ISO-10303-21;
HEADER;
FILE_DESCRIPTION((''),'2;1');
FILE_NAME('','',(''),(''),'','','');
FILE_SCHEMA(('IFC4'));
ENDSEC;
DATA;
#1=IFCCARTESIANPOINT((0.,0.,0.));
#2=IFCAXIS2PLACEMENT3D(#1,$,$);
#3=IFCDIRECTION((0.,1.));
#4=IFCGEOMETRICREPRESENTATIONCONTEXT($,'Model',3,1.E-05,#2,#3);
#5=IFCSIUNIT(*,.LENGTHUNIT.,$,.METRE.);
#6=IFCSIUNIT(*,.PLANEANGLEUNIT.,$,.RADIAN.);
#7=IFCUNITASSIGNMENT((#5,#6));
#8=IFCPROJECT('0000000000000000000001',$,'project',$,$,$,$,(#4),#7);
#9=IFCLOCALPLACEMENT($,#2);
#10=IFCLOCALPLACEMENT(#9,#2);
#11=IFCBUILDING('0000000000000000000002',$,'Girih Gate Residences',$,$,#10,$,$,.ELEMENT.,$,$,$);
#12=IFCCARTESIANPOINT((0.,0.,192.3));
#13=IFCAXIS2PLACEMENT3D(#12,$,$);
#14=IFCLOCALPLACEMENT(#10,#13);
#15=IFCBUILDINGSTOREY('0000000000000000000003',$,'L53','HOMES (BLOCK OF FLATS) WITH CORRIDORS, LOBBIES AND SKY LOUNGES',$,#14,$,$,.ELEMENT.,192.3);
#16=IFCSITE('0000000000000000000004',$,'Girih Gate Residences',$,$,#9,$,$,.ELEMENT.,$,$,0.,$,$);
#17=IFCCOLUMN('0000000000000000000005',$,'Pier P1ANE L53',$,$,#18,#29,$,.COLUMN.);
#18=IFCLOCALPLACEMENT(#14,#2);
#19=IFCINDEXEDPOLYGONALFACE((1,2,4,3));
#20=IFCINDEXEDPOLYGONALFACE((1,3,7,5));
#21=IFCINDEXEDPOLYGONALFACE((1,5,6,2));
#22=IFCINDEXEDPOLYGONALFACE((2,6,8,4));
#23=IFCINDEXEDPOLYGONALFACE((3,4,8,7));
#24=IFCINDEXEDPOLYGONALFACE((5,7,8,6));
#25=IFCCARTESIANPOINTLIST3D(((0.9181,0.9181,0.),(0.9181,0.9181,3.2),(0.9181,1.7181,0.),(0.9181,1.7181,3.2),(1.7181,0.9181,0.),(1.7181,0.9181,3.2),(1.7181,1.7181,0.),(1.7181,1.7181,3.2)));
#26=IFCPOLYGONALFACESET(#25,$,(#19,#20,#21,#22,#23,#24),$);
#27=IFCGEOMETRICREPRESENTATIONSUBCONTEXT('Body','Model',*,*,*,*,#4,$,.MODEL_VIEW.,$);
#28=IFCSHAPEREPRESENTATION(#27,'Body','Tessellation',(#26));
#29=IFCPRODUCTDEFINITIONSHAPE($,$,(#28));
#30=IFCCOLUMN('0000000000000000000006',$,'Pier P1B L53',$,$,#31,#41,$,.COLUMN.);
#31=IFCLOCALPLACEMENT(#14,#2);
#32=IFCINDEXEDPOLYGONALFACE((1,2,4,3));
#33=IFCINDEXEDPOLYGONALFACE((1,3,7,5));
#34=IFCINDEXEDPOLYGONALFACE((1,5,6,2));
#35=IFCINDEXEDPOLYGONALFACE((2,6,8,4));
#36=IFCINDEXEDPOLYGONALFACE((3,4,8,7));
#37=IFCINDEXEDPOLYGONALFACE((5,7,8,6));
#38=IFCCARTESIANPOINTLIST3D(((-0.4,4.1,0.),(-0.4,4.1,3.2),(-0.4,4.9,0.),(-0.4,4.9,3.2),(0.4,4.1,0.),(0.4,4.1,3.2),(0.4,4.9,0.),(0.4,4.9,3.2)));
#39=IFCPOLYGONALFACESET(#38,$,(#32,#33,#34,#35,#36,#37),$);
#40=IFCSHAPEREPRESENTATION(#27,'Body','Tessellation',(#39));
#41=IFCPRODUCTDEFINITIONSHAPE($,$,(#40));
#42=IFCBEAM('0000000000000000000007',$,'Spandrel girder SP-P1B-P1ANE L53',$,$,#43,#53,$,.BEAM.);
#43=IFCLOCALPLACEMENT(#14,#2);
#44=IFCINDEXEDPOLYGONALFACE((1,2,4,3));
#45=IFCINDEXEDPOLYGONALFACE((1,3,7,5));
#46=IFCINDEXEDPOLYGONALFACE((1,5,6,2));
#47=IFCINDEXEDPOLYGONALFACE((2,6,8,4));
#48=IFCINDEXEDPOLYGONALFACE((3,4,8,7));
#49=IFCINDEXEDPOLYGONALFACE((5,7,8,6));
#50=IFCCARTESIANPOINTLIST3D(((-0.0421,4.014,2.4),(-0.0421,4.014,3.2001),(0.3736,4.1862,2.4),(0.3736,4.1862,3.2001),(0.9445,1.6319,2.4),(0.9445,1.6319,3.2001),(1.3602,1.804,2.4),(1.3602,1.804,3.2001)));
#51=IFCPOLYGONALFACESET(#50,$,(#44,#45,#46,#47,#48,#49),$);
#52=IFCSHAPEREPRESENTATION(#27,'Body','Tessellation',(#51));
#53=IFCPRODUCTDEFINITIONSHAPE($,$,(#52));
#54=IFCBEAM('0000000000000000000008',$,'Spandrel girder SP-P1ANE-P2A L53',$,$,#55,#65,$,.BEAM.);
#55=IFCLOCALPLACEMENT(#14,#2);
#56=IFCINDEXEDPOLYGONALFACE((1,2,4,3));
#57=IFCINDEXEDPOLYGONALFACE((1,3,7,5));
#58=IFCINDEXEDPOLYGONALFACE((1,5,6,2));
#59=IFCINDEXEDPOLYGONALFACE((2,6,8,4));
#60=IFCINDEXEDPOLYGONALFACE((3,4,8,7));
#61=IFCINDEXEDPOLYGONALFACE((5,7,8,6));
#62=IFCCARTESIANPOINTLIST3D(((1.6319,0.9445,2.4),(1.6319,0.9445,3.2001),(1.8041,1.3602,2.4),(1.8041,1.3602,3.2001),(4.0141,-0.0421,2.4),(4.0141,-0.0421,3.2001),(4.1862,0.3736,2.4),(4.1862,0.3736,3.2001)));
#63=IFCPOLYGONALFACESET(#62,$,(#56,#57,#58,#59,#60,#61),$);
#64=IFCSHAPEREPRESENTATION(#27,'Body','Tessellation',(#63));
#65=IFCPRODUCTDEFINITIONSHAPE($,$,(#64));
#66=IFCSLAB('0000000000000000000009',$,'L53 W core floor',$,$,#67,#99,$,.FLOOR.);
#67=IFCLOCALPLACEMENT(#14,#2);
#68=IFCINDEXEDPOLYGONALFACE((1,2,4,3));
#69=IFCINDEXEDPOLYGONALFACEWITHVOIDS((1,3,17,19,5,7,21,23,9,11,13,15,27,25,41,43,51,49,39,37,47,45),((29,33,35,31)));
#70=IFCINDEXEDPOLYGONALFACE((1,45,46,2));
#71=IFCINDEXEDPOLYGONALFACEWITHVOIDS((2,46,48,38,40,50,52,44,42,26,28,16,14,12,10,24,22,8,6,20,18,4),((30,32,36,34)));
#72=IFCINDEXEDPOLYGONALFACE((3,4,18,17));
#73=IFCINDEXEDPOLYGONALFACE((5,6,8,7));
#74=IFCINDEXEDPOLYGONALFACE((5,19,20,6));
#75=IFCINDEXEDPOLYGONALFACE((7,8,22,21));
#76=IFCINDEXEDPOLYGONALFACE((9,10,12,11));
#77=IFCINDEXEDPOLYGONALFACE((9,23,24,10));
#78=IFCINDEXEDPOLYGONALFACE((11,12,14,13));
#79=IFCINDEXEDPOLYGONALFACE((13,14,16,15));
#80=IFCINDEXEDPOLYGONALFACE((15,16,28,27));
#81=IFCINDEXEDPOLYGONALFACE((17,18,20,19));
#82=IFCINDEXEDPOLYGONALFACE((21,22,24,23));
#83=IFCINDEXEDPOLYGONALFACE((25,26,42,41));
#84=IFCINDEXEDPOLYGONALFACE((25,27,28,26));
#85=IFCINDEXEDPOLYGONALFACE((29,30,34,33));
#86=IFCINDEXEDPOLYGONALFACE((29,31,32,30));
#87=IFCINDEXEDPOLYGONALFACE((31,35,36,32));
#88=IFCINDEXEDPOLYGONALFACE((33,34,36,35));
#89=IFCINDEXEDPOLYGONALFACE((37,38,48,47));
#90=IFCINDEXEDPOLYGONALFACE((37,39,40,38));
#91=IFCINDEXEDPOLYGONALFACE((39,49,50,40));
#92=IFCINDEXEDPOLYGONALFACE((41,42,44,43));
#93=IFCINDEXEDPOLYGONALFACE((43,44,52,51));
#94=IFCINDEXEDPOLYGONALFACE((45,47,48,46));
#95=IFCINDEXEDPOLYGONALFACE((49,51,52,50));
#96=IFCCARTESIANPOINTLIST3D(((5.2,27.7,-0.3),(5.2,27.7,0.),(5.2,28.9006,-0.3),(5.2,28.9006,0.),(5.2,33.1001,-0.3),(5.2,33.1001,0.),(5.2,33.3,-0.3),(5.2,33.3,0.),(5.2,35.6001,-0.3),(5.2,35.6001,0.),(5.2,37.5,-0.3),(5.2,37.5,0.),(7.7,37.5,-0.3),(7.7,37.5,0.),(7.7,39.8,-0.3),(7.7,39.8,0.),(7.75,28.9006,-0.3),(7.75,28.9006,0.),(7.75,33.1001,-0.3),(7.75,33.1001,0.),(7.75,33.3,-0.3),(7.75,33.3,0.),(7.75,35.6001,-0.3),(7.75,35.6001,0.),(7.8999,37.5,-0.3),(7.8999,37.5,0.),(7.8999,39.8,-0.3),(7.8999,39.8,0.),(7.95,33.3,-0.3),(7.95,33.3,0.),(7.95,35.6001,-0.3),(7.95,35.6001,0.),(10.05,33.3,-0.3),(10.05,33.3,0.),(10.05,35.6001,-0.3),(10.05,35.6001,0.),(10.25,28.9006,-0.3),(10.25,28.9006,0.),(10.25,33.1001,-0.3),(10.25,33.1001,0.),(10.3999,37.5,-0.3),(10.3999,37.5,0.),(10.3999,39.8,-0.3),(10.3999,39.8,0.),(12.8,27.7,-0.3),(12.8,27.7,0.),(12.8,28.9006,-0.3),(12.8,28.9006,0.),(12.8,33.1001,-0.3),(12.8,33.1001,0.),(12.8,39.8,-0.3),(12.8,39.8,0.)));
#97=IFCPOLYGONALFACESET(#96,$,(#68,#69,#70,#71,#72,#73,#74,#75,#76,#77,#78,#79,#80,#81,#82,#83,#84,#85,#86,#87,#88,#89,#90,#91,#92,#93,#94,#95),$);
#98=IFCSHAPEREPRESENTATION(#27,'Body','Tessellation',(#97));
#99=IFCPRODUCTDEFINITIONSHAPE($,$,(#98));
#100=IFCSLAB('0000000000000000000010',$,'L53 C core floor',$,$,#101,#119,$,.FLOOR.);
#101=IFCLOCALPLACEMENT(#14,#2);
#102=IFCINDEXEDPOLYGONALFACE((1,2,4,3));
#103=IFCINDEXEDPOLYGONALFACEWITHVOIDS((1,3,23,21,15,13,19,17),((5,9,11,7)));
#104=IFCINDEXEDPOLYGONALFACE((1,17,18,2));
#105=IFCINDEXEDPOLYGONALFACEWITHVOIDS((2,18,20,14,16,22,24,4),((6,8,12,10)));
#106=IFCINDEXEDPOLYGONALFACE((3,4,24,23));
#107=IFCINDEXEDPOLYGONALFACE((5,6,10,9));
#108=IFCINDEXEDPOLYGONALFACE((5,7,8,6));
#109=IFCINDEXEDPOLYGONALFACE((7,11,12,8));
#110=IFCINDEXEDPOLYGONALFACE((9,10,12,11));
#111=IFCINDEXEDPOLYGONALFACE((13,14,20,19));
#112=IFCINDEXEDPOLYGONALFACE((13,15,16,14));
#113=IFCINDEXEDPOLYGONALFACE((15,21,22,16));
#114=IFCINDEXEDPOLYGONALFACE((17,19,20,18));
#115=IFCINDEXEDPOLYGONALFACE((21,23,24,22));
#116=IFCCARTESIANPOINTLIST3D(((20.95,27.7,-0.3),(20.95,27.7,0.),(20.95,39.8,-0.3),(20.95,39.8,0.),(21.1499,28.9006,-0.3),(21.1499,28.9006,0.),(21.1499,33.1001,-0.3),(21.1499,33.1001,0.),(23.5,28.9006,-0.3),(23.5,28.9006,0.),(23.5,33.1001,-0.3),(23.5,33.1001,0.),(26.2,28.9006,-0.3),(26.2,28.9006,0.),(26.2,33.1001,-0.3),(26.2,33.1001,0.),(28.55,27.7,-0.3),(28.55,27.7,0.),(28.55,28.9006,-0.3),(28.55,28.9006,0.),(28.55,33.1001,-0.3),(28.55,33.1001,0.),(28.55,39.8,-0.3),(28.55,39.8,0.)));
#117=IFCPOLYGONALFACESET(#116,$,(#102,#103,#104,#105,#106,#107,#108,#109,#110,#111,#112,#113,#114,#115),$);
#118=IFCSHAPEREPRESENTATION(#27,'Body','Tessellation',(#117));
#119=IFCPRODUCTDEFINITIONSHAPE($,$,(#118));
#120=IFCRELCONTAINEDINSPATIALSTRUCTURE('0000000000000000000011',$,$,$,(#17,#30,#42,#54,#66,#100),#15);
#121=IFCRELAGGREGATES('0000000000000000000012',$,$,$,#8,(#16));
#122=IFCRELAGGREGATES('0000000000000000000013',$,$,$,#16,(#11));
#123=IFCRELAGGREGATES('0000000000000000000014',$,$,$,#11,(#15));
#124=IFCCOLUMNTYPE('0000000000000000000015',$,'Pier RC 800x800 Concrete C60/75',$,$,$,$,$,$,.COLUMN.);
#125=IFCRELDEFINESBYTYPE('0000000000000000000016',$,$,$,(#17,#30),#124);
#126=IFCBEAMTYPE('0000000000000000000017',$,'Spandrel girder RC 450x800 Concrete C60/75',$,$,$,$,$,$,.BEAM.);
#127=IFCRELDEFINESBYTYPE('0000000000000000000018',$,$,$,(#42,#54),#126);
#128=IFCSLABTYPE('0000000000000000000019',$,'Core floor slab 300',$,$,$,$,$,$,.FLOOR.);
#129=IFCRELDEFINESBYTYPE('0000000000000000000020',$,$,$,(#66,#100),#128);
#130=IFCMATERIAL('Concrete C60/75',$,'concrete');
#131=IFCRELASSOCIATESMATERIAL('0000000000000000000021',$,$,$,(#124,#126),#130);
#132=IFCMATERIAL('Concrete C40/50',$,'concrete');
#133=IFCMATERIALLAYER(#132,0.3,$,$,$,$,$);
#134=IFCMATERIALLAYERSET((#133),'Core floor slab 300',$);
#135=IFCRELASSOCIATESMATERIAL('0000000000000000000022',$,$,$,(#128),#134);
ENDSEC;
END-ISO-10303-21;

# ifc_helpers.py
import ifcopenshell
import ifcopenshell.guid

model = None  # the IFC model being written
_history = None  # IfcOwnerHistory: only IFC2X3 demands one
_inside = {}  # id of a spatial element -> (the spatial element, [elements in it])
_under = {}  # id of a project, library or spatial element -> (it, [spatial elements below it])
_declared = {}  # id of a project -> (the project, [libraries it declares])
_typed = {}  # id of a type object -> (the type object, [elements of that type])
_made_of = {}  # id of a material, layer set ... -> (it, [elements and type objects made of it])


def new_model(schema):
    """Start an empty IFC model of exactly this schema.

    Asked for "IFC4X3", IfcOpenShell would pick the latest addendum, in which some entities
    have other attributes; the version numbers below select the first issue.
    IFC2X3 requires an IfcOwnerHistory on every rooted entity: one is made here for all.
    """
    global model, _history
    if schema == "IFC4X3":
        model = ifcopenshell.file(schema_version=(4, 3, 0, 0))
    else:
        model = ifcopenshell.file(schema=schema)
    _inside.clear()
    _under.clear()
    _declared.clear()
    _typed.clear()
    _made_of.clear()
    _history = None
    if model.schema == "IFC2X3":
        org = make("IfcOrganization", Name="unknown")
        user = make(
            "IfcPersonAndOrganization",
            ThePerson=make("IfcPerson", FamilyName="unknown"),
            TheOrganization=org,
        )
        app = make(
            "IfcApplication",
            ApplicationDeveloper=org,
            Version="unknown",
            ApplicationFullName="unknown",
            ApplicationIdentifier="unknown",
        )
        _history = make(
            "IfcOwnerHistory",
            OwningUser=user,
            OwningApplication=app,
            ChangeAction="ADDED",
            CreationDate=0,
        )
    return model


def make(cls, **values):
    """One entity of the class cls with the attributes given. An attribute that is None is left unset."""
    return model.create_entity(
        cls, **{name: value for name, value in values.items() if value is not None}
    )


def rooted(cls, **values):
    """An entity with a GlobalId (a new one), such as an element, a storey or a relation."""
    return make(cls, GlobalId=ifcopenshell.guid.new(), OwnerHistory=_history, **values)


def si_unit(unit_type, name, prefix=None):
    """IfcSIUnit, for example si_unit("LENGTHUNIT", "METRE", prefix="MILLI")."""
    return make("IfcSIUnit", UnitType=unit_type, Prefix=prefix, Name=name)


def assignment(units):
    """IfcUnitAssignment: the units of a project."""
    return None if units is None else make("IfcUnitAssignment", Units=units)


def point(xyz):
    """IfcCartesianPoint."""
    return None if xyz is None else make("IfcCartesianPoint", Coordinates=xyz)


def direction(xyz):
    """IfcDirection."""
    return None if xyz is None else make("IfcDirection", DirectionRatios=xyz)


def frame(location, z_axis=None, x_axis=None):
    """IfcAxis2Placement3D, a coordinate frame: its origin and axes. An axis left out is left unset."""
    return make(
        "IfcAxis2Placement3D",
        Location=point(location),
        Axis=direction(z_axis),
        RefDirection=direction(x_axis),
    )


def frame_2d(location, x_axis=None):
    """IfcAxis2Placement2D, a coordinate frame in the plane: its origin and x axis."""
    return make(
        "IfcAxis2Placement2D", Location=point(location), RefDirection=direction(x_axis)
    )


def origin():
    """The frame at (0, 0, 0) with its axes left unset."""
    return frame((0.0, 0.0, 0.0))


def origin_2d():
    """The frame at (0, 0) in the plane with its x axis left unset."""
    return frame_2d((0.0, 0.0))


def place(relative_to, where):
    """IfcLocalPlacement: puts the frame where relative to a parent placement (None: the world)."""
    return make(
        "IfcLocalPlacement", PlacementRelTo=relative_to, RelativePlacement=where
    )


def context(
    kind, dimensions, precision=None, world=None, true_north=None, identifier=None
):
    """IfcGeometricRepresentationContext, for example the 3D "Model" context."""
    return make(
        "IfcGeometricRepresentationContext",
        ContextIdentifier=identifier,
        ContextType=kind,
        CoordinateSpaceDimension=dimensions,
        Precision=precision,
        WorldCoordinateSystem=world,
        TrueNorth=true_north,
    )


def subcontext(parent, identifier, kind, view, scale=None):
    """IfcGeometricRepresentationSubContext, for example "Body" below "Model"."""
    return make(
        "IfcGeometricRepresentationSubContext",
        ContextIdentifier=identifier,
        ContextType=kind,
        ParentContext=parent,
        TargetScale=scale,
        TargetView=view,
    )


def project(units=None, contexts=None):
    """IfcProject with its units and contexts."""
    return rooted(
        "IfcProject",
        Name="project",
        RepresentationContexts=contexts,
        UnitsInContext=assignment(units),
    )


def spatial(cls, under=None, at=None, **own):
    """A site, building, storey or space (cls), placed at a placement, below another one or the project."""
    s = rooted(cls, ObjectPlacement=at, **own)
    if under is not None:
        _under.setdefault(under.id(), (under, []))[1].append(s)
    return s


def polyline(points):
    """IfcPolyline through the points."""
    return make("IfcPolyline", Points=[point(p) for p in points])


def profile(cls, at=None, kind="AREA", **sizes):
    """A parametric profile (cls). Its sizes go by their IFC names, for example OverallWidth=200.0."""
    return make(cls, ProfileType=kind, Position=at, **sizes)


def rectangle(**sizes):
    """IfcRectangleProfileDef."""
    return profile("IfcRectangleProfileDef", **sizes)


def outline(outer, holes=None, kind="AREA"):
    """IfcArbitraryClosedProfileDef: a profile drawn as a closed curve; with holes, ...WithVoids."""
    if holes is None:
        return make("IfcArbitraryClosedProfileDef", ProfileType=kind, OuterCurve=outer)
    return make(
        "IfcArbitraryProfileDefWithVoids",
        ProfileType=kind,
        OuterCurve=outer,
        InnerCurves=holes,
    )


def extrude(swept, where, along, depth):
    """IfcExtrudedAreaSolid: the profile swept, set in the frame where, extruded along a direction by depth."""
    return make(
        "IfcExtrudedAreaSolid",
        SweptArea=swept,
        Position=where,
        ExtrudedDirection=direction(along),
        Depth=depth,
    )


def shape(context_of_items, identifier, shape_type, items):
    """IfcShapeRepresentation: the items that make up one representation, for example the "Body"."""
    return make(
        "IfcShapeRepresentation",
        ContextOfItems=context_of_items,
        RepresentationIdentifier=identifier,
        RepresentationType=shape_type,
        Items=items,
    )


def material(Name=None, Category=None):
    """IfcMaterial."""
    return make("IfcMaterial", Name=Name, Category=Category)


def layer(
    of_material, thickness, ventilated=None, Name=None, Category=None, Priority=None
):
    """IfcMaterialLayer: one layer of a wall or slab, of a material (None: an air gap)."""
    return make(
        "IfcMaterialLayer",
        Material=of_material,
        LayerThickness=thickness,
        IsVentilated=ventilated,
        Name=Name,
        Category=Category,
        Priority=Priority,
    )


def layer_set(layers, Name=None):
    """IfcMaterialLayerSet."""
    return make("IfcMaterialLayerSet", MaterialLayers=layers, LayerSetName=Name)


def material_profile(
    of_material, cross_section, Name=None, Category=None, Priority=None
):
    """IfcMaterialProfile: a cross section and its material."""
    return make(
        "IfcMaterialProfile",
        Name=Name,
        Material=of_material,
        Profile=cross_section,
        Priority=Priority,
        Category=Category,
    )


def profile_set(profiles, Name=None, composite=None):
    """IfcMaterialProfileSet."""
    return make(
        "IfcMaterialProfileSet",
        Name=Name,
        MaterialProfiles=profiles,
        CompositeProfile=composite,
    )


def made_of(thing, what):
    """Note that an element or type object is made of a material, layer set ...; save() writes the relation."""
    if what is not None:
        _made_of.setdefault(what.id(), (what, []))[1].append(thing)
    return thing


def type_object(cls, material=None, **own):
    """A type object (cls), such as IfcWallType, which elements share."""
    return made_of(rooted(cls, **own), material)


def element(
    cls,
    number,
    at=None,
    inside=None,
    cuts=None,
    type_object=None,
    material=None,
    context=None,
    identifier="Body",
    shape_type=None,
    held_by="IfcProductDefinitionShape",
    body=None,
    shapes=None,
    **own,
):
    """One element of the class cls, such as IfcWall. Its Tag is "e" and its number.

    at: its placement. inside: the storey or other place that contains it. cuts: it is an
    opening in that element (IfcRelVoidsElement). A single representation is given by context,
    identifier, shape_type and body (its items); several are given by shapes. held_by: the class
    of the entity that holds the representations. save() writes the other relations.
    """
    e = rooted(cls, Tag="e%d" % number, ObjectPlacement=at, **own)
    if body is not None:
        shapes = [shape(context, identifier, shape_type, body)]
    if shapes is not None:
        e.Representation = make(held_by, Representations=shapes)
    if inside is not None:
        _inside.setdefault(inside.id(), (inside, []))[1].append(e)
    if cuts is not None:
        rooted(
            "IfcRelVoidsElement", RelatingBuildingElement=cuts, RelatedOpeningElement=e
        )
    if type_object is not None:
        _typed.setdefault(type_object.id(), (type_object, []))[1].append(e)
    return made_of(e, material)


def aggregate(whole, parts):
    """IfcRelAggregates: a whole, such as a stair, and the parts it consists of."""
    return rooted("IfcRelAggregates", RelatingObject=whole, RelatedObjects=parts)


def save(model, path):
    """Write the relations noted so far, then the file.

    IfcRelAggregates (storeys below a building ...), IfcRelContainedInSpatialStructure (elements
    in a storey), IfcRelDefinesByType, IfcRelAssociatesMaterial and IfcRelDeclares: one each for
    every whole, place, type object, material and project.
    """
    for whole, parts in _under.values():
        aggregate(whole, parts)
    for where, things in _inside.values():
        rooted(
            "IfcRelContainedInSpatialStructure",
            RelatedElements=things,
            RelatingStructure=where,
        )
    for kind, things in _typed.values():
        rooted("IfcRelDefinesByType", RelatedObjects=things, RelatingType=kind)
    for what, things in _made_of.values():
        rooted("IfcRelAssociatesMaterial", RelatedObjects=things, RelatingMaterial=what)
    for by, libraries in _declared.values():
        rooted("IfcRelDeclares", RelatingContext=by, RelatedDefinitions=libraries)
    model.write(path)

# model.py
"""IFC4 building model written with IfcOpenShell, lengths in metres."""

from ifc_helpers import new_model, si_unit, direction, frame, origin, origin_2d, place, context, subcontext, project, spatial, polyline, rectangle, outline, extrude, material, layer, layer_set, material_profile, profile_set, type_object, element, save


model = new_model("IFC4")

# Units and contexts
model_context = context("Model", 3, precision=1e-05, world=origin(), true_north=direction((0.0, 1.0)))
body_context = subcontext(model_context, "Body", "Model", "MODEL_VIEW")
ifc_project = project(units=[si_unit("LENGTHUNIT", "METRE"), si_unit("PLANEANGLEUNIT", "RADIAN")], contexts=[model_context])

# Site, building, storey
site_placement = place(None, origin())
site = spatial("IfcSite", under=ifc_project, at=site_placement, Name="Girih Gate Residences", CompositionType="ELEMENT", RefElevation=0.0)
building_placement = place(site_placement, origin())
building = spatial("IfcBuilding", under=site, at=building_placement, Name="Girih Gate Residences", CompositionType="ELEMENT")
storey_placement = place(building_placement, frame((0.0, 0.0, 192.3)))
storey = spatial("IfcBuildingStorey", under=building, at=storey_placement, Name="L53", Description="HOMES (BLOCK OF FLATS) WITH CORRIDORS, LOBBIES AND SKY LOUNGES", CompositionType="ELEMENT", Elevation=192.3)

# Columns
ifc_material_1 = material(Name="Concrete C60/75", Category="concrete")
ifc_material_profile_1 = material_profile(ifc_material_1, rectangle(XDim=0.8, YDim=0.8, at=origin_2d()))
ifc_profile_set_1 = profile_set([ifc_material_profile_1], Name="Concrete C60/75")
column_type = type_object("IfcColumnType", Name="Pier RC 800x800 Concrete C60/75", PredefinedType="COLUMN", material=ifc_profile_set_1)
for number, where, z_axis, x_axis, name in (
    (1, (1.3181, 1.3181, 0.0), (0.0, 0.0, 1.0), (1.0, 0.0, 0.0), "Pier P1ANE L53"),
    (2, (0.0, 4.5, 0.0), (0.0, 0.0, 1.0), (1.0, 0.0, 0.0), "Pier P1B L53"),
):
    element("IfcColumn", number, at=place(storey_placement, frame(where, z_axis=z_axis, x_axis=x_axis)), inside=storey, type_object=column_type, Name=name, PredefinedType="COLUMN", context=body_context, shape_type="SweptSolid", body=[
        extrude(rectangle(XDim=0.8, YDim=0.8, at=origin_2d()), origin(), (0.0, 0.0, 1.0), 3.2),
    ])

# Beams
ifc_material_profile_2 = material_profile(ifc_material_1, rectangle(XDim=0.45, YDim=0.8, at=origin_2d()))
ifc_profile_set_2 = profile_set([ifc_material_profile_2], Name="Concrete C60/75")
beam_type = type_object("IfcBeamType", Name="Spandrel girder RC 450x800 Concrete C60/75", PredefinedType="BEAM", material=ifc_profile_set_2)
for number, where, z_axis, x_axis, name in (
    (3, (0.1658, 4.1001, 2.8), (0.382644, -0.923896, 0.0), (0.923896, 0.382644, 0.0), "Spandrel girder SP-P1B-P1ANE L53"),
    (4, (1.718, 1.1523, 2.8), (0.923896, -0.382644, 0.0), (0.382644, 0.923896, 0.0), "Spandrel girder SP-P1ANE-P2A L53"),
):
    element("IfcBeam", number, at=place(storey_placement, frame(where, z_axis=z_axis, x_axis=x_axis)), inside=storey, type_object=beam_type, Name=name, PredefinedType="BEAM", context=body_context, shape_type="SweptSolid", body=[
        extrude(rectangle(XDim=0.45, YDim=0.8, at=origin_2d()), origin(), (0.0, 0.0, 1.0), 2.5784),
    ])

# Slabs
ifc_material_2 = material(Name="Concrete C40/50", Category="concrete")
ifc_layer_1 = layer(ifc_material_2, 0.3)
ifc_layer_set_1 = layer_set([ifc_layer_1], Name="Core floor slab 300")
slab_type_1 = type_object("IfcSlabType", Name="Core floor slab 300", PredefinedType="FLOOR", material=ifc_layer_set_1)
slab_1_placement = place(storey_placement, frame((0.0, 0.0, -0.3)))
element("IfcSlab", 5, at=slab_1_placement, inside=storey, type_object=slab_type_1, Name="L53 W core floor", PredefinedType="FLOOR", context=body_context, shape_type="SweptSolid", body=[
    extrude(outline(polyline([(12.8, 27.7), (5.2, 27.7), (5.2, 28.9006), (7.75, 28.9006), (7.75, 33.1001), (5.2, 33.1001), (5.2, 33.3), (7.75, 33.3), (7.75, 35.6001), (5.2, 35.6001), (5.2, 37.5), (7.7, 37.5), (7.7, 39.8), (7.8999, 39.8), (7.8999, 37.5), (10.3999, 37.5), (10.3999, 39.8), (12.8, 39.8), (12.8, 33.1001), (10.25, 33.1001), (10.25, 28.9006), (12.8, 28.9006), (12.8, 27.7)]), holes=[polyline([(7.95, 33.3), (10.05, 33.3), (10.05, 35.6001), (7.95, 35.6001), (7.95, 33.3)])]), origin(), (0.0, 0.0, 1.0), 0.3),
])
slab_2_placement = place(storey_placement, frame((0.0, 0.0, -0.3)))
element("IfcSlab", 6, at=slab_2_placement, inside=storey, type_object=slab_type_1, Name="L53 C core floor", PredefinedType="FLOOR", context=body_context, shape_type="SweptSolid", body=[
    extrude(outline(polyline([(28.55, 27.7), (20.95, 27.7), (20.95, 39.8), (28.55, 39.8), (28.55, 33.1001), (26.2, 33.1001), (26.2, 28.9006), (28.55, 28.9006), (28.55, 27.7)]), holes=[polyline([(23.5, 28.9006), (23.5, 33.1001), (21.1499, 33.1001), (21.1499, 28.9006), (23.5, 28.9006)])]), origin(), (0.0, 0.0, 1.0), 0.3),
])

save(model, "model.ifc")
